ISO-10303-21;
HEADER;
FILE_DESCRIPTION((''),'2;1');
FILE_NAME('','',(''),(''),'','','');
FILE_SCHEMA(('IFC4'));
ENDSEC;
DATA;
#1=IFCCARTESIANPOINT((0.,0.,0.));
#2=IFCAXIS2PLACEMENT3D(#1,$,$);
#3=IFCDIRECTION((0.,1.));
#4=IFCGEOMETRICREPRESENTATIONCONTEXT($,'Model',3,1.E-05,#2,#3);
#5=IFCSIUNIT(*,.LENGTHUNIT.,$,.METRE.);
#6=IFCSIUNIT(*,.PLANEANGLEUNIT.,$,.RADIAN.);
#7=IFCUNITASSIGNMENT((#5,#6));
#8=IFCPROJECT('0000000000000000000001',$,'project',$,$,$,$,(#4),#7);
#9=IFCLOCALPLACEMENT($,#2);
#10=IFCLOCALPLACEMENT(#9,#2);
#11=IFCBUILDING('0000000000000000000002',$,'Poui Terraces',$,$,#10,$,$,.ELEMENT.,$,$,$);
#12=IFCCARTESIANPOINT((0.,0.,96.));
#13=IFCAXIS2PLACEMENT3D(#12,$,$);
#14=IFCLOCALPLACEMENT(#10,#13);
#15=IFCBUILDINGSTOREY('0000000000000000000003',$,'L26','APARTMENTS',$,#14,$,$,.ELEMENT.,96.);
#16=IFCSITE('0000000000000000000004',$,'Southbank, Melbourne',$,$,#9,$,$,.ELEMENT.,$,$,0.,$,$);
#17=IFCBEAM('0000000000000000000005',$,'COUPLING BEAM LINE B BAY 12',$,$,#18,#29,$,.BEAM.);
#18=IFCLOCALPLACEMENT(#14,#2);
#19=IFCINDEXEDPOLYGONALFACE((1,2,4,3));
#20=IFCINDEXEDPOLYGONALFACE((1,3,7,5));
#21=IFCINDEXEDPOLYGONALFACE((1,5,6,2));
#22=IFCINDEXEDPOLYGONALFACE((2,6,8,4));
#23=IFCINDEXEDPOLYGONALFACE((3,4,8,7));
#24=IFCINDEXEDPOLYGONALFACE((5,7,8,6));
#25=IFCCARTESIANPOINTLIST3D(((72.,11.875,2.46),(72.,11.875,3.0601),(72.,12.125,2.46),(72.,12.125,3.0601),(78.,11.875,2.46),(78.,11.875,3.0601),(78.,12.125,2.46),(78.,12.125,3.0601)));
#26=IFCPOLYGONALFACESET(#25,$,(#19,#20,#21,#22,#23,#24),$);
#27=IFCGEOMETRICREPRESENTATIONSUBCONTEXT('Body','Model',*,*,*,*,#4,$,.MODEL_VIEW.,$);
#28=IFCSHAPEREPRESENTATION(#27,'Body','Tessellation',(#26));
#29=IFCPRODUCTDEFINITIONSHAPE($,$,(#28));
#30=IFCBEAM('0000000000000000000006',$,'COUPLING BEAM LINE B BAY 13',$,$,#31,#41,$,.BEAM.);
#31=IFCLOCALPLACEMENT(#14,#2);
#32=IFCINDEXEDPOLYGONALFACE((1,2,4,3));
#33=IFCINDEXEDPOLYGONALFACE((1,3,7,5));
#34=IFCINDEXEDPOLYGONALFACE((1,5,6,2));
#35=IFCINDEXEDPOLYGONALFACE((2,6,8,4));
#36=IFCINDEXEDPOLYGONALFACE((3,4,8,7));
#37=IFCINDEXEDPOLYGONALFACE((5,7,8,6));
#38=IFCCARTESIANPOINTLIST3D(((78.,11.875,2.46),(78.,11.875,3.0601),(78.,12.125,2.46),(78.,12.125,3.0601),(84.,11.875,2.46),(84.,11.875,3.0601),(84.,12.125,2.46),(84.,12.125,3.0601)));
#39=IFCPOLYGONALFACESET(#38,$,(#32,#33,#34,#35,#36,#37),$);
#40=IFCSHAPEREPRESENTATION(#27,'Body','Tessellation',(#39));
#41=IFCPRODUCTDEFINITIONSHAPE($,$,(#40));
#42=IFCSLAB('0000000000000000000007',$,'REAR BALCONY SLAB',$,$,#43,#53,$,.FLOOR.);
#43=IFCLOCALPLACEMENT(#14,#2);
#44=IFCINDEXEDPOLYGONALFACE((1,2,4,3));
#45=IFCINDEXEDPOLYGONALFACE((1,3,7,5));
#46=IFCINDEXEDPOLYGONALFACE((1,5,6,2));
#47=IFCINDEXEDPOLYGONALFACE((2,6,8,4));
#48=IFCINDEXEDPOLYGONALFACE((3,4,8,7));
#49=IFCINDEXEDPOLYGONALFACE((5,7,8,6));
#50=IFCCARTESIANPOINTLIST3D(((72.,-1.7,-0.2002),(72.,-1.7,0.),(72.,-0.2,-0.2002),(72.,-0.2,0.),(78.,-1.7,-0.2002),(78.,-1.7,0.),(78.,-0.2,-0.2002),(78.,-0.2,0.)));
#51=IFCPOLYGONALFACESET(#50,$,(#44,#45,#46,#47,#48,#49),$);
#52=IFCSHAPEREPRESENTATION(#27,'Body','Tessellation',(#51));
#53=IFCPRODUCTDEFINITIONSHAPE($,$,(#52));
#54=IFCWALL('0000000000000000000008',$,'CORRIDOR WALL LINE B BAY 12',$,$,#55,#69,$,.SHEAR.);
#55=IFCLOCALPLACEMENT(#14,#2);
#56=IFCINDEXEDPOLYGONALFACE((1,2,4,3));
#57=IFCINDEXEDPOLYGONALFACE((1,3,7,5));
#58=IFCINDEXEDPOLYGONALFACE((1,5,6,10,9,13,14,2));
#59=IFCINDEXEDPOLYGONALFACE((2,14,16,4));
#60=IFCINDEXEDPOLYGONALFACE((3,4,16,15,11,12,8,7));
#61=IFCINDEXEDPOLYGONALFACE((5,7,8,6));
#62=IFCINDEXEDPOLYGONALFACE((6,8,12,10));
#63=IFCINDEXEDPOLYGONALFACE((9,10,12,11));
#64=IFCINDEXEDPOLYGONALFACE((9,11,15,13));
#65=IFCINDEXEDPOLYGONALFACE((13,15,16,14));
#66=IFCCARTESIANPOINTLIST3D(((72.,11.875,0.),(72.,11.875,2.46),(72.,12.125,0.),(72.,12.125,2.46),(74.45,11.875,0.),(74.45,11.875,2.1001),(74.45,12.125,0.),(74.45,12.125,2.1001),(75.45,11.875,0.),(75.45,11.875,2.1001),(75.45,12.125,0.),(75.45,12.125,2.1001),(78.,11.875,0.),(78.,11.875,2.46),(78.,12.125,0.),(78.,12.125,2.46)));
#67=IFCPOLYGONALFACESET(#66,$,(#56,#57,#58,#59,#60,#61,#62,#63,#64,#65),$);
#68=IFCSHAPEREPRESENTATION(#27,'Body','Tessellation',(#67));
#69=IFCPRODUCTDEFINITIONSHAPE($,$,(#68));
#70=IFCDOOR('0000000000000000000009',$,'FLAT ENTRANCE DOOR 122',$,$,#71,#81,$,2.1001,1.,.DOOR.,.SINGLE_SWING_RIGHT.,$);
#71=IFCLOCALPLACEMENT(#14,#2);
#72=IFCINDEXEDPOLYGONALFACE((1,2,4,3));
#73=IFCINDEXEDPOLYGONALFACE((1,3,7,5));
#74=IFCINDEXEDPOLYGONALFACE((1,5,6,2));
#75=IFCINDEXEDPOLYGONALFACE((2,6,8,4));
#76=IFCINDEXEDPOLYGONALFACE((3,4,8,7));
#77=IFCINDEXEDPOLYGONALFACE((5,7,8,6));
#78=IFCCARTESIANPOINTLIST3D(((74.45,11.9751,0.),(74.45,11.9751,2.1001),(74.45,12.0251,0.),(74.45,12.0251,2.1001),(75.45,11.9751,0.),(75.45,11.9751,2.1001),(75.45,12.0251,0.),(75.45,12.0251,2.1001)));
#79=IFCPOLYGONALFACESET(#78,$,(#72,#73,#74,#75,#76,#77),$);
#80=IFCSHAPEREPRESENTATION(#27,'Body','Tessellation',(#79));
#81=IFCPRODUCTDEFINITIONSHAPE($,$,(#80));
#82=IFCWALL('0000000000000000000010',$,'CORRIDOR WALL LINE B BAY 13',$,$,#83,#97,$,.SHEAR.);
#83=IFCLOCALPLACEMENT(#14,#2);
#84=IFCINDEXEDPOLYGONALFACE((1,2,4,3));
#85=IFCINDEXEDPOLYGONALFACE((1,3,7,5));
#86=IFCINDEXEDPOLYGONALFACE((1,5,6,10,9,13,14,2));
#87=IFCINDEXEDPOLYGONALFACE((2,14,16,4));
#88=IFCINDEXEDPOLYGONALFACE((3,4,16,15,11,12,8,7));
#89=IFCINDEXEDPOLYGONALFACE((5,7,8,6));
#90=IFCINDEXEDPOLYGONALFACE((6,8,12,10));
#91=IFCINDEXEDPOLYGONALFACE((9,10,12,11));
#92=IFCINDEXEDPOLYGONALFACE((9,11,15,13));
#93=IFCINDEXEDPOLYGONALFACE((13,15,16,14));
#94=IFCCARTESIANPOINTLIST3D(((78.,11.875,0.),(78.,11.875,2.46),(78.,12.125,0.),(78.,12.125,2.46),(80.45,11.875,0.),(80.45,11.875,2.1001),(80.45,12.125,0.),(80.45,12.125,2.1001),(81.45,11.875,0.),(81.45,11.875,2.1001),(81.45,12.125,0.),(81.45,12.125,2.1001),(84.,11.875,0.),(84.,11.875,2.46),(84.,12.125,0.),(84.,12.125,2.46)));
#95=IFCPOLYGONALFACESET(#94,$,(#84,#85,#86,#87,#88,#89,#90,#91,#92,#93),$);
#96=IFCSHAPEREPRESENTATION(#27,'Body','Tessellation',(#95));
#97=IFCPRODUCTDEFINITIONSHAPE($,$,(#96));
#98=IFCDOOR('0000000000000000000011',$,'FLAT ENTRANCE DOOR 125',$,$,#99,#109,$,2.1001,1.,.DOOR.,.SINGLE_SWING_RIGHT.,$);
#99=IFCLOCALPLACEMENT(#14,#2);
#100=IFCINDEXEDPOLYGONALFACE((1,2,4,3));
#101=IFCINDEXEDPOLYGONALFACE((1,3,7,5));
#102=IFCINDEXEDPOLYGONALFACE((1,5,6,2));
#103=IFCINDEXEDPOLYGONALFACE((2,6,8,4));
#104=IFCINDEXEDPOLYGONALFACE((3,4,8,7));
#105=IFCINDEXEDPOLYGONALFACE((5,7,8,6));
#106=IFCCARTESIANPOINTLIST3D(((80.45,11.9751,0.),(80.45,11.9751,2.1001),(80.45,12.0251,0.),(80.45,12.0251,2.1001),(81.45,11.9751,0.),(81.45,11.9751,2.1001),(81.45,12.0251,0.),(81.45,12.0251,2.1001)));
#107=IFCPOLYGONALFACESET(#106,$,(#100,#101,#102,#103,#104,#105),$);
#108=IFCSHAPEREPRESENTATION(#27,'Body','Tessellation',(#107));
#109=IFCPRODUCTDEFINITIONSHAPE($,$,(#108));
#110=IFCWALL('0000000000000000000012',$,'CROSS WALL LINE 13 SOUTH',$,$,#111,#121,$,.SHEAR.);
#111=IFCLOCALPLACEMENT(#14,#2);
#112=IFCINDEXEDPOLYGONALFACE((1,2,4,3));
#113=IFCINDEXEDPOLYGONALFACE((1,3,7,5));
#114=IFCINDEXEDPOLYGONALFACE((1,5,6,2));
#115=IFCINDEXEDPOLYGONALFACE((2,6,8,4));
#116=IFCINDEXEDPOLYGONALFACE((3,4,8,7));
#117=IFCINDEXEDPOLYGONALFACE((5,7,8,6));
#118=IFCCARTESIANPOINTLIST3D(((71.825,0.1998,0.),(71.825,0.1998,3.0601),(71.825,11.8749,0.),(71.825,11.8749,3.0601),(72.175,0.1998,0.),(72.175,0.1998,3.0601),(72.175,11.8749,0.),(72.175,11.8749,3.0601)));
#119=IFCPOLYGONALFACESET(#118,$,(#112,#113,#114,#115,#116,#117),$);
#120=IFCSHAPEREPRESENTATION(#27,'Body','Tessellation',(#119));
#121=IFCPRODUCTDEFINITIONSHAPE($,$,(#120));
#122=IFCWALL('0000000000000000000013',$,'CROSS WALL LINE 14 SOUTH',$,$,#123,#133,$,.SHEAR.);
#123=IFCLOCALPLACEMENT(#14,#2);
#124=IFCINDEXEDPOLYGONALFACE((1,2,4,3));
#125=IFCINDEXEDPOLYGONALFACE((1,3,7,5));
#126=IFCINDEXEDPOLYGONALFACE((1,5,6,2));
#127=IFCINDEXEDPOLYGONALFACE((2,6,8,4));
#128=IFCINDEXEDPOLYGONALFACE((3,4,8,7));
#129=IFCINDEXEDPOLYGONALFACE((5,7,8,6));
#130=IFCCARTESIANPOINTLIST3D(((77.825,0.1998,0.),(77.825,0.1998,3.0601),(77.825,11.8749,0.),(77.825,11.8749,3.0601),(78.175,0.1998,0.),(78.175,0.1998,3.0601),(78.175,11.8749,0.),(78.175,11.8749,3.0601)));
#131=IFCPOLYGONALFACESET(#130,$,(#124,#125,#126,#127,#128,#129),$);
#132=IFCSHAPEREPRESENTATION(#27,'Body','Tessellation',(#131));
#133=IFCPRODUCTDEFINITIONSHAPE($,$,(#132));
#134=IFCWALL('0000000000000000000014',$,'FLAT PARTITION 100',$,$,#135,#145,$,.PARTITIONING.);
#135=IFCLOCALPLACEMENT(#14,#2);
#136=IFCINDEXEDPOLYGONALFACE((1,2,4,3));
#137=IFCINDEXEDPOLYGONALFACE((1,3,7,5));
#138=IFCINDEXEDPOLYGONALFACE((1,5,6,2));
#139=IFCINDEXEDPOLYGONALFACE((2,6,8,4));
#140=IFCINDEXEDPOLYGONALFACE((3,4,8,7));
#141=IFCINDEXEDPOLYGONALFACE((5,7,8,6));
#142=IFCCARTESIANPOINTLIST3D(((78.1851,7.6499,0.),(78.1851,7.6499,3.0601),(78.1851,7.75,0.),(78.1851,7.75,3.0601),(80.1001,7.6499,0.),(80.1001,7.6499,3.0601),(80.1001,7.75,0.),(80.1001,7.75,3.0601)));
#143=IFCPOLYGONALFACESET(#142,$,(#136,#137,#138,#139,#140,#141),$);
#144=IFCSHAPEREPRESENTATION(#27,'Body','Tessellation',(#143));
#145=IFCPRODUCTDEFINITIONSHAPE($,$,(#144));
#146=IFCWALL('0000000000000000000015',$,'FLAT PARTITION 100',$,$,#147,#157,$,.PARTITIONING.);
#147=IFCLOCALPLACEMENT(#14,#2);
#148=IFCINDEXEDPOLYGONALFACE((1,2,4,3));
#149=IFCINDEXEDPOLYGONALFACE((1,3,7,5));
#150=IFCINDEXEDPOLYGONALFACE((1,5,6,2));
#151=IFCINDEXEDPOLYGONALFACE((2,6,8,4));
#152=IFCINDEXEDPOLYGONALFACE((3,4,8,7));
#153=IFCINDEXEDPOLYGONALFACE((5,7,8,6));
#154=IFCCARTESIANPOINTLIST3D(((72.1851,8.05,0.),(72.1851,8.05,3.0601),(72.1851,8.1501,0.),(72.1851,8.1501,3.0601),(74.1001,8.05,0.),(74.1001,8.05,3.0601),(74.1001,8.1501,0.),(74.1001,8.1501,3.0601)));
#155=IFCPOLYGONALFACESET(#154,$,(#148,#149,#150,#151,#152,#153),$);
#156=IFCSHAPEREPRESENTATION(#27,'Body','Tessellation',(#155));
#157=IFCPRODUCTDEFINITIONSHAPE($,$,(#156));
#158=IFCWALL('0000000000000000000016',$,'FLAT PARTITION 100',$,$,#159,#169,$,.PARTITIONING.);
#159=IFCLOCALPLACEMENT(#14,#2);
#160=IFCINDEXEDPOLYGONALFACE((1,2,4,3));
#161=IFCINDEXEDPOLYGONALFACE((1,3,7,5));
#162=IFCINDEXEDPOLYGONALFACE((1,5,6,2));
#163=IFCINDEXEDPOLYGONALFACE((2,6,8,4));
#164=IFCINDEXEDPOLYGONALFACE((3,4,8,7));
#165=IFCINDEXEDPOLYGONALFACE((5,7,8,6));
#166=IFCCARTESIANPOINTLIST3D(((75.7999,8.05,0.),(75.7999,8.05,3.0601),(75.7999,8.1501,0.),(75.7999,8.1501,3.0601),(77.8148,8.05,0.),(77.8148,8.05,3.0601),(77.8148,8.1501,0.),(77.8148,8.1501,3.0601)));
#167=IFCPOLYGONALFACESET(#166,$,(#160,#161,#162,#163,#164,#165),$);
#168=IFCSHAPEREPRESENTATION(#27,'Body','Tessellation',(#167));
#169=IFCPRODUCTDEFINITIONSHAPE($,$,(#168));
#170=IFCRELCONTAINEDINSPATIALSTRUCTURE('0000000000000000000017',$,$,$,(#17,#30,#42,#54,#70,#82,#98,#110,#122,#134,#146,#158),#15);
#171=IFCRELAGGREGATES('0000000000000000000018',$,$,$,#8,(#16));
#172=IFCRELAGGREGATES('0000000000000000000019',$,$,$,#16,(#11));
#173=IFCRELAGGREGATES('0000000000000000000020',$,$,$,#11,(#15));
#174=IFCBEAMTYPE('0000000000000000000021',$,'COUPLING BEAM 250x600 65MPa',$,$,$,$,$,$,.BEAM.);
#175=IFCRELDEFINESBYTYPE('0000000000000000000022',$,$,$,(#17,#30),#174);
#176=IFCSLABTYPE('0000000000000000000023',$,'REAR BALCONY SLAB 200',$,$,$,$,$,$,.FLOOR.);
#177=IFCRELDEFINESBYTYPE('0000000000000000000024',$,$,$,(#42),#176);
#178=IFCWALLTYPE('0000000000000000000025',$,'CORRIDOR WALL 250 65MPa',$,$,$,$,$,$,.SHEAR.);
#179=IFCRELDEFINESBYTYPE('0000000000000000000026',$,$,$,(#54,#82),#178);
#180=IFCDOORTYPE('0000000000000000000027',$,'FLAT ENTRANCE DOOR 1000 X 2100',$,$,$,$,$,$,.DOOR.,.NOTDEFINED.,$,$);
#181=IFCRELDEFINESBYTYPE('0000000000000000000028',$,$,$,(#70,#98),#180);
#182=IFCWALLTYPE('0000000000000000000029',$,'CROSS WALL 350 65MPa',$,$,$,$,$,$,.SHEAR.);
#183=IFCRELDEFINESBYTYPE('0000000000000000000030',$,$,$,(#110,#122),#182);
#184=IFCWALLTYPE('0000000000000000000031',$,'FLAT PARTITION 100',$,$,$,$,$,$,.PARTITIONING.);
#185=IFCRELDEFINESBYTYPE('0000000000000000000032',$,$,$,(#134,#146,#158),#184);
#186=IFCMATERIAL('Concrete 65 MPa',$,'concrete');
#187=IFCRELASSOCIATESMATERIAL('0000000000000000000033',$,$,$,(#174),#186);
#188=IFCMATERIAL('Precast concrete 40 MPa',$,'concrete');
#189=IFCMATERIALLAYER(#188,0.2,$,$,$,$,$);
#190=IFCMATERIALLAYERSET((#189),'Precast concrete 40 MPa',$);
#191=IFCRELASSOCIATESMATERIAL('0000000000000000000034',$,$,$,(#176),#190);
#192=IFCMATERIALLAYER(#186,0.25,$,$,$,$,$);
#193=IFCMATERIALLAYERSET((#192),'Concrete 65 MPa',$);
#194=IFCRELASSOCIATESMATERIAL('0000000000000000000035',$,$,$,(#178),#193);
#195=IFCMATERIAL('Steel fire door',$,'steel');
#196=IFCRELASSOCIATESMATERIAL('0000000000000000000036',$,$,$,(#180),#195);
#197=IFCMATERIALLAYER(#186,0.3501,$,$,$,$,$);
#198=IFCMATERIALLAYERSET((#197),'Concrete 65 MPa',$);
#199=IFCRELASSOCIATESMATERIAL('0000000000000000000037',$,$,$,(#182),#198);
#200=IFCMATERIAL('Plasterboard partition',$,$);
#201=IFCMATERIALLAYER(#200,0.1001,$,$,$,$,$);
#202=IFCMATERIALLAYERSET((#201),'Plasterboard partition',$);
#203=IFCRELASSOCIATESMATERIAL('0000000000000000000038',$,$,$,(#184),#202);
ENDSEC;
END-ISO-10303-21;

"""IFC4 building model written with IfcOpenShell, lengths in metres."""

from ifc_helpers import new_model, si_unit, direction, frame, frame_2d, origin, origin_2d, place, context, subcontext, project, spatial, polyline, rectangle, outline, extrude, source, transform, mapped, material, layer, layer_set, material_profile, profile_set, type_object, element, fill, save


model = new_model("IFC4")

# Units and contexts
model_context = context("Model", 3, precision=1e-05, world=origin(), true_north=direction((0.0, 1.0)))
body_context = subcontext(model_context, "Body", "Model", "MODEL_VIEW")
ifc_project = project(units=[si_unit("LENGTHUNIT", "METRE"), si_unit("PLANEANGLEUNIT", "RADIAN")], contexts=[model_context])

# Site, building, storey
site_placement = place(None, origin())
site = spatial("IfcSite", under=ifc_project, at=site_placement, Name="Southbank, Melbourne", CompositionType="ELEMENT", RefElevation=0.0)
building_placement = place(site_placement, origin())
building = spatial("IfcBuilding", under=site, at=building_placement, Name="Poui Terraces", CompositionType="ELEMENT")
storey_placement = place(building_placement, frame((0.0, 0.0, 96.0)))
storey = spatial("IfcBuildingStorey", under=building, at=storey_placement, Name="L26", Description="APARTMENTS", CompositionType="ELEMENT", Elevation=96.0)

# Beams
ifc_material_1 = material(Name="Concrete 65 MPa", Category="concrete")
ifc_material_profile_1 = material_profile(ifc_material_1, rectangle(XDim=0.25, YDim=0.6001, at=origin_2d()), Name="RC 250x600")
ifc_profile_set_1 = profile_set([ifc_material_profile_1], Name="Concrete 65 MPa")
beam_type = type_object("IfcBeamType", Name="COUPLING BEAM 250x600 65MPa", PredefinedType="BEAM", material=ifc_profile_set_1)
shared_shape_1 = source(origin(), body_context, "Body", "SweptSolid", [
    extrude(rectangle(XDim=0.25, YDim=0.6001, at=origin_2d()), origin(), (0.0, 0.0, 1.0), 6.0),
])
for number, where, z_axis, x_axis, name in (
    (1, (72.0, 12.0, 2.76), (1.0, 0.0, 0.0), (0.0, 1.0, 0.0), "COUPLING BEAM LINE B BAY 12"),
    (2, (78.0, 12.0, 2.76), (1.0, 0.0, 0.0), (0.0, 1.0, 0.0), "COUPLING BEAM LINE B BAY 13"),
):
    element("IfcBeam", number, at=place(storey_placement, frame(where, z_axis=z_axis, x_axis=x_axis)), inside=storey, type_object=beam_type, Name=name, PredefinedType="BEAM", context=body_context, shape_type="MappedRepresentation", body=[
        mapped(shared_shape_1, transform((0.0, 0.0, 0.0))),
    ])

# Slab
ifc_material_2 = material(Name="Precast concrete 40 MPa", Category="concrete")
ifc_layer_1 = layer(ifc_material_2, 0.2)
ifc_layer_set_1 = layer_set([ifc_layer_1], Name="Precast concrete 40 MPa")
slab_type = type_object("IfcSlabType", Name="REAR BALCONY SLAB 200", PredefinedType="FLOOR", material=ifc_layer_set_1)
shared_shape_2 = source(origin(), body_context, "Body", "SweptSolid", [
    extrude(outline(polyline([(0.0, 0.0), (6.0, 0.0), (6.0, 1.5), (0.0, 1.5), (0.0, 0.0)])), origin(), (0.0, 0.0, 1.0), 0.2002),
])
slab_placement = place(storey_placement, frame((72.0, -1.7, -0.2002)))
element("IfcSlab", 3, at=slab_placement, inside=storey, type_object=slab_type, Name="REAR BALCONY SLAB", PredefinedType="FLOOR", context=body_context, shape_type="MappedRepresentation", body=[
    mapped(shared_shape_2, transform((0.0, 0.0, 0.0))),
])

# Walls, openings, doors
ifc_layer_2 = layer(ifc_material_1, 0.25)
ifc_layer_set_2 = layer_set([ifc_layer_2], Name="Concrete 65 MPa")
wall_type_1 = type_object("IfcWallType", Name="CORRIDOR WALL 250 65MPa", PredefinedType="SHEAR", material=ifc_layer_set_2)
wall_1_placement = place(storey_placement, frame((72.0, 12.0, 0.0), z_axis=(0.0, 0.0, 1.0), x_axis=(1.0, 0.0, 0.0)))
wall_1 = element("IfcWall", 4, at=wall_1_placement, inside=storey, type_object=wall_type_1, Name="CORRIDOR WALL LINE B BAY 12", PredefinedType="SHEAR", context=body_context, shape_type="SweptSolid", body=[
    extrude(rectangle(XDim=6.0, YDim=0.25, at=frame_2d((3.0, 0.0))), origin(), (0.0, 0.0, 1.0), 2.46),
])
opening_1_placement = place(wall_1_placement, frame((2.45, 0.0, 0.0)))
opening_1 = element("IfcOpeningElement", 5, at=opening_1_placement, cuts=wall_1, PredefinedType="OPENING", context=body_context, shape_type="SweptSolid", body=[
    extrude(rectangle(XDim=1.0, YDim=2.1001, at=frame_2d((0.5, 1.05))), frame((0.0, 0.135, 0.0), z_axis=(0.0, -1.0, 0.0), x_axis=(1.0, 0.0, 0.0)), (0.0, 0.0, 1.0), 0.27),
])
ifc_material_3 = material(Name="Steel fire door", Category="steel")
door_type_1 = type_object("IfcDoorType", Name="FLAT ENTRANCE DOOR 1000 X 2100", OperationType="NOTDEFINED", PredefinedType="DOOR", material=ifc_material_3)
door_1_placement = place(opening_1_placement, frame((1.0, 0.0, 0.0), z_axis=(0.0, 0.0, 1.0), x_axis=(-1.0, 0.0, 0.0)))
door_1 = element("IfcDoor", 6, at=door_1_placement, inside=storey, type_object=door_type_1, Name="FLAT ENTRANCE DOOR 122", OperationType="SINGLE_SWING_RIGHT", OverallHeight=2.1001, OverallWidth=1.0, PredefinedType="DOOR", context=body_context, shape_type="SweptSolid", body=[
    extrude(rectangle(XDim=1.0, YDim=2.1001, at=frame_2d((0.5, 1.05))), frame((0.0, 0.0249, 0.0), z_axis=(0.0, -1.0, 0.0), x_axis=(1.0, 0.0, 0.0)), (0.0, 0.0, 1.0), 0.05),
])
fill(opening_1, door_1)
wall_2_placement = place(storey_placement, frame((78.0, 12.0, 0.0), z_axis=(0.0, 0.0, 1.0), x_axis=(1.0, 0.0, 0.0)))
wall_2 = element("IfcWall", 7, at=wall_2_placement, inside=storey, type_object=wall_type_1, Name="CORRIDOR WALL LINE B BAY 13", PredefinedType="SHEAR", context=body_context, shape_type="SweptSolid", body=[
    extrude(rectangle(XDim=6.0, YDim=0.25, at=frame_2d((3.0, 0.0))), origin(), (0.0, 0.0, 1.0), 2.46),
])
opening_2_placement = place(wall_2_placement, frame((2.45, 0.0, 0.0)))
opening_2 = element("IfcOpeningElement", 8, at=opening_2_placement, cuts=wall_2, PredefinedType="OPENING", context=body_context, shape_type="SweptSolid", body=[
    extrude(rectangle(XDim=1.0, YDim=2.1001, at=frame_2d((0.5, 1.05))), frame((0.0, 0.135, 0.0), z_axis=(0.0, -1.0, 0.0), x_axis=(1.0, 0.0, 0.0)), (0.0, 0.0, 1.0), 0.27),
])
door_2_placement = place(opening_2_placement, frame((1.0, 0.0, 0.0), z_axis=(0.0, 0.0, 1.0), x_axis=(-1.0, 0.0, 0.0)))
door_2 = element("IfcDoor", 9, at=door_2_placement, inside=storey, type_object=door_type_1, Name="FLAT ENTRANCE DOOR 125", OperationType="SINGLE_SWING_RIGHT", OverallHeight=2.1001, OverallWidth=1.0, PredefinedType="DOOR", context=body_context, shape_type="SweptSolid", body=[
    extrude(rectangle(XDim=1.0, YDim=2.1001, at=frame_2d((0.5, 1.05))), frame((0.0, 0.0249, 0.0), z_axis=(0.0, -1.0, 0.0), x_axis=(1.0, 0.0, 0.0)), (0.0, 0.0, 1.0), 0.05),
])
fill(opening_2, door_2)

# Walls
ifc_layer_3 = layer(ifc_material_1, 0.3501)
ifc_layer_set_3 = layer_set([ifc_layer_3], Name="Concrete 65 MPa")
wall_type_2 = type_object("IfcWallType", Name="CROSS WALL 350 65MPa", PredefinedType="SHEAR", material=ifc_layer_set_3)
for number, where, z_axis, x_axis, name in (
    (10, (72.0, 0.2, 0.0), (0.0, 0.0, 1.0), (0.0, 1.0, 0.0), "CROSS WALL LINE 13 SOUTH"),
    (11, (78.0, 0.2, 0.0), (0.0, 0.0, 1.0), (0.0, 1.0, 0.0), "CROSS WALL LINE 14 SOUTH"),
):
    element("IfcWall", number, at=place(storey_placement, frame(where, z_axis=z_axis, x_axis=x_axis)), inside=storey, type_object=wall_type_2, Name=name, PredefinedType="SHEAR", context=body_context, shape_type="SweptSolid", body=[
        extrude(rectangle(XDim=11.675, YDim=0.3501, at=frame_2d((5.8374, 0.0))), origin(), (0.0, 0.0, 1.0), 3.0601),
    ])
ifc_material_4 = material(Name="Plasterboard partition")
ifc_layer_4 = layer(ifc_material_4, 0.1001)
ifc_layer_set_4 = layer_set([ifc_layer_4], Name="Plasterboard partition")
wall_type_3 = type_object("IfcWallType", Name="FLAT PARTITION 100", PredefinedType="PARTITIONING", material=ifc_layer_set_4)
for number, where, z_axis, x_axis, name in (
    (12, (78.1851, 7.7, 0.0), (0.0, 0.0, 1.0), (1.0, 0.0, 0.0), "FLAT PARTITION 100"),
    (13, (72.1851, 8.1001, 0.0), (0.0, 0.0, 1.0), (1.0, 0.0, 0.0), "FLAT PARTITION 100"),
):
    element("IfcWall", number, at=place(storey_placement, frame(where, z_axis=z_axis, x_axis=x_axis)), inside=storey, type_object=wall_type_3, Name=name, PredefinedType="PARTITIONING", context=body_context, shape_type="SweptSolid", body=[
        extrude(rectangle(XDim=1.915, YDim=0.1001, at=frame_2d((0.9575, 0.0))), origin(), (0.0, 0.0, 1.0), 3.0601),
    ])
wall_3_placement = place(storey_placement, frame((75.8, 8.1001, 0.0), z_axis=(0.0, 0.0, 1.0), x_axis=(1.0, 0.0, 0.0)))
element("IfcWall", 14, at=wall_3_placement, inside=storey, type_object=wall_type_3, Name="FLAT PARTITION 100", PredefinedType="PARTITIONING", context=body_context, shape_type="SweptSolid", body=[
    extrude(rectangle(XDim=2.0149, YDim=0.1001, at=frame_2d((1.0073, 0.0))), origin(), (0.0, 0.0, 1.0), 3.0601),
])

save(model, "model.ifc")
